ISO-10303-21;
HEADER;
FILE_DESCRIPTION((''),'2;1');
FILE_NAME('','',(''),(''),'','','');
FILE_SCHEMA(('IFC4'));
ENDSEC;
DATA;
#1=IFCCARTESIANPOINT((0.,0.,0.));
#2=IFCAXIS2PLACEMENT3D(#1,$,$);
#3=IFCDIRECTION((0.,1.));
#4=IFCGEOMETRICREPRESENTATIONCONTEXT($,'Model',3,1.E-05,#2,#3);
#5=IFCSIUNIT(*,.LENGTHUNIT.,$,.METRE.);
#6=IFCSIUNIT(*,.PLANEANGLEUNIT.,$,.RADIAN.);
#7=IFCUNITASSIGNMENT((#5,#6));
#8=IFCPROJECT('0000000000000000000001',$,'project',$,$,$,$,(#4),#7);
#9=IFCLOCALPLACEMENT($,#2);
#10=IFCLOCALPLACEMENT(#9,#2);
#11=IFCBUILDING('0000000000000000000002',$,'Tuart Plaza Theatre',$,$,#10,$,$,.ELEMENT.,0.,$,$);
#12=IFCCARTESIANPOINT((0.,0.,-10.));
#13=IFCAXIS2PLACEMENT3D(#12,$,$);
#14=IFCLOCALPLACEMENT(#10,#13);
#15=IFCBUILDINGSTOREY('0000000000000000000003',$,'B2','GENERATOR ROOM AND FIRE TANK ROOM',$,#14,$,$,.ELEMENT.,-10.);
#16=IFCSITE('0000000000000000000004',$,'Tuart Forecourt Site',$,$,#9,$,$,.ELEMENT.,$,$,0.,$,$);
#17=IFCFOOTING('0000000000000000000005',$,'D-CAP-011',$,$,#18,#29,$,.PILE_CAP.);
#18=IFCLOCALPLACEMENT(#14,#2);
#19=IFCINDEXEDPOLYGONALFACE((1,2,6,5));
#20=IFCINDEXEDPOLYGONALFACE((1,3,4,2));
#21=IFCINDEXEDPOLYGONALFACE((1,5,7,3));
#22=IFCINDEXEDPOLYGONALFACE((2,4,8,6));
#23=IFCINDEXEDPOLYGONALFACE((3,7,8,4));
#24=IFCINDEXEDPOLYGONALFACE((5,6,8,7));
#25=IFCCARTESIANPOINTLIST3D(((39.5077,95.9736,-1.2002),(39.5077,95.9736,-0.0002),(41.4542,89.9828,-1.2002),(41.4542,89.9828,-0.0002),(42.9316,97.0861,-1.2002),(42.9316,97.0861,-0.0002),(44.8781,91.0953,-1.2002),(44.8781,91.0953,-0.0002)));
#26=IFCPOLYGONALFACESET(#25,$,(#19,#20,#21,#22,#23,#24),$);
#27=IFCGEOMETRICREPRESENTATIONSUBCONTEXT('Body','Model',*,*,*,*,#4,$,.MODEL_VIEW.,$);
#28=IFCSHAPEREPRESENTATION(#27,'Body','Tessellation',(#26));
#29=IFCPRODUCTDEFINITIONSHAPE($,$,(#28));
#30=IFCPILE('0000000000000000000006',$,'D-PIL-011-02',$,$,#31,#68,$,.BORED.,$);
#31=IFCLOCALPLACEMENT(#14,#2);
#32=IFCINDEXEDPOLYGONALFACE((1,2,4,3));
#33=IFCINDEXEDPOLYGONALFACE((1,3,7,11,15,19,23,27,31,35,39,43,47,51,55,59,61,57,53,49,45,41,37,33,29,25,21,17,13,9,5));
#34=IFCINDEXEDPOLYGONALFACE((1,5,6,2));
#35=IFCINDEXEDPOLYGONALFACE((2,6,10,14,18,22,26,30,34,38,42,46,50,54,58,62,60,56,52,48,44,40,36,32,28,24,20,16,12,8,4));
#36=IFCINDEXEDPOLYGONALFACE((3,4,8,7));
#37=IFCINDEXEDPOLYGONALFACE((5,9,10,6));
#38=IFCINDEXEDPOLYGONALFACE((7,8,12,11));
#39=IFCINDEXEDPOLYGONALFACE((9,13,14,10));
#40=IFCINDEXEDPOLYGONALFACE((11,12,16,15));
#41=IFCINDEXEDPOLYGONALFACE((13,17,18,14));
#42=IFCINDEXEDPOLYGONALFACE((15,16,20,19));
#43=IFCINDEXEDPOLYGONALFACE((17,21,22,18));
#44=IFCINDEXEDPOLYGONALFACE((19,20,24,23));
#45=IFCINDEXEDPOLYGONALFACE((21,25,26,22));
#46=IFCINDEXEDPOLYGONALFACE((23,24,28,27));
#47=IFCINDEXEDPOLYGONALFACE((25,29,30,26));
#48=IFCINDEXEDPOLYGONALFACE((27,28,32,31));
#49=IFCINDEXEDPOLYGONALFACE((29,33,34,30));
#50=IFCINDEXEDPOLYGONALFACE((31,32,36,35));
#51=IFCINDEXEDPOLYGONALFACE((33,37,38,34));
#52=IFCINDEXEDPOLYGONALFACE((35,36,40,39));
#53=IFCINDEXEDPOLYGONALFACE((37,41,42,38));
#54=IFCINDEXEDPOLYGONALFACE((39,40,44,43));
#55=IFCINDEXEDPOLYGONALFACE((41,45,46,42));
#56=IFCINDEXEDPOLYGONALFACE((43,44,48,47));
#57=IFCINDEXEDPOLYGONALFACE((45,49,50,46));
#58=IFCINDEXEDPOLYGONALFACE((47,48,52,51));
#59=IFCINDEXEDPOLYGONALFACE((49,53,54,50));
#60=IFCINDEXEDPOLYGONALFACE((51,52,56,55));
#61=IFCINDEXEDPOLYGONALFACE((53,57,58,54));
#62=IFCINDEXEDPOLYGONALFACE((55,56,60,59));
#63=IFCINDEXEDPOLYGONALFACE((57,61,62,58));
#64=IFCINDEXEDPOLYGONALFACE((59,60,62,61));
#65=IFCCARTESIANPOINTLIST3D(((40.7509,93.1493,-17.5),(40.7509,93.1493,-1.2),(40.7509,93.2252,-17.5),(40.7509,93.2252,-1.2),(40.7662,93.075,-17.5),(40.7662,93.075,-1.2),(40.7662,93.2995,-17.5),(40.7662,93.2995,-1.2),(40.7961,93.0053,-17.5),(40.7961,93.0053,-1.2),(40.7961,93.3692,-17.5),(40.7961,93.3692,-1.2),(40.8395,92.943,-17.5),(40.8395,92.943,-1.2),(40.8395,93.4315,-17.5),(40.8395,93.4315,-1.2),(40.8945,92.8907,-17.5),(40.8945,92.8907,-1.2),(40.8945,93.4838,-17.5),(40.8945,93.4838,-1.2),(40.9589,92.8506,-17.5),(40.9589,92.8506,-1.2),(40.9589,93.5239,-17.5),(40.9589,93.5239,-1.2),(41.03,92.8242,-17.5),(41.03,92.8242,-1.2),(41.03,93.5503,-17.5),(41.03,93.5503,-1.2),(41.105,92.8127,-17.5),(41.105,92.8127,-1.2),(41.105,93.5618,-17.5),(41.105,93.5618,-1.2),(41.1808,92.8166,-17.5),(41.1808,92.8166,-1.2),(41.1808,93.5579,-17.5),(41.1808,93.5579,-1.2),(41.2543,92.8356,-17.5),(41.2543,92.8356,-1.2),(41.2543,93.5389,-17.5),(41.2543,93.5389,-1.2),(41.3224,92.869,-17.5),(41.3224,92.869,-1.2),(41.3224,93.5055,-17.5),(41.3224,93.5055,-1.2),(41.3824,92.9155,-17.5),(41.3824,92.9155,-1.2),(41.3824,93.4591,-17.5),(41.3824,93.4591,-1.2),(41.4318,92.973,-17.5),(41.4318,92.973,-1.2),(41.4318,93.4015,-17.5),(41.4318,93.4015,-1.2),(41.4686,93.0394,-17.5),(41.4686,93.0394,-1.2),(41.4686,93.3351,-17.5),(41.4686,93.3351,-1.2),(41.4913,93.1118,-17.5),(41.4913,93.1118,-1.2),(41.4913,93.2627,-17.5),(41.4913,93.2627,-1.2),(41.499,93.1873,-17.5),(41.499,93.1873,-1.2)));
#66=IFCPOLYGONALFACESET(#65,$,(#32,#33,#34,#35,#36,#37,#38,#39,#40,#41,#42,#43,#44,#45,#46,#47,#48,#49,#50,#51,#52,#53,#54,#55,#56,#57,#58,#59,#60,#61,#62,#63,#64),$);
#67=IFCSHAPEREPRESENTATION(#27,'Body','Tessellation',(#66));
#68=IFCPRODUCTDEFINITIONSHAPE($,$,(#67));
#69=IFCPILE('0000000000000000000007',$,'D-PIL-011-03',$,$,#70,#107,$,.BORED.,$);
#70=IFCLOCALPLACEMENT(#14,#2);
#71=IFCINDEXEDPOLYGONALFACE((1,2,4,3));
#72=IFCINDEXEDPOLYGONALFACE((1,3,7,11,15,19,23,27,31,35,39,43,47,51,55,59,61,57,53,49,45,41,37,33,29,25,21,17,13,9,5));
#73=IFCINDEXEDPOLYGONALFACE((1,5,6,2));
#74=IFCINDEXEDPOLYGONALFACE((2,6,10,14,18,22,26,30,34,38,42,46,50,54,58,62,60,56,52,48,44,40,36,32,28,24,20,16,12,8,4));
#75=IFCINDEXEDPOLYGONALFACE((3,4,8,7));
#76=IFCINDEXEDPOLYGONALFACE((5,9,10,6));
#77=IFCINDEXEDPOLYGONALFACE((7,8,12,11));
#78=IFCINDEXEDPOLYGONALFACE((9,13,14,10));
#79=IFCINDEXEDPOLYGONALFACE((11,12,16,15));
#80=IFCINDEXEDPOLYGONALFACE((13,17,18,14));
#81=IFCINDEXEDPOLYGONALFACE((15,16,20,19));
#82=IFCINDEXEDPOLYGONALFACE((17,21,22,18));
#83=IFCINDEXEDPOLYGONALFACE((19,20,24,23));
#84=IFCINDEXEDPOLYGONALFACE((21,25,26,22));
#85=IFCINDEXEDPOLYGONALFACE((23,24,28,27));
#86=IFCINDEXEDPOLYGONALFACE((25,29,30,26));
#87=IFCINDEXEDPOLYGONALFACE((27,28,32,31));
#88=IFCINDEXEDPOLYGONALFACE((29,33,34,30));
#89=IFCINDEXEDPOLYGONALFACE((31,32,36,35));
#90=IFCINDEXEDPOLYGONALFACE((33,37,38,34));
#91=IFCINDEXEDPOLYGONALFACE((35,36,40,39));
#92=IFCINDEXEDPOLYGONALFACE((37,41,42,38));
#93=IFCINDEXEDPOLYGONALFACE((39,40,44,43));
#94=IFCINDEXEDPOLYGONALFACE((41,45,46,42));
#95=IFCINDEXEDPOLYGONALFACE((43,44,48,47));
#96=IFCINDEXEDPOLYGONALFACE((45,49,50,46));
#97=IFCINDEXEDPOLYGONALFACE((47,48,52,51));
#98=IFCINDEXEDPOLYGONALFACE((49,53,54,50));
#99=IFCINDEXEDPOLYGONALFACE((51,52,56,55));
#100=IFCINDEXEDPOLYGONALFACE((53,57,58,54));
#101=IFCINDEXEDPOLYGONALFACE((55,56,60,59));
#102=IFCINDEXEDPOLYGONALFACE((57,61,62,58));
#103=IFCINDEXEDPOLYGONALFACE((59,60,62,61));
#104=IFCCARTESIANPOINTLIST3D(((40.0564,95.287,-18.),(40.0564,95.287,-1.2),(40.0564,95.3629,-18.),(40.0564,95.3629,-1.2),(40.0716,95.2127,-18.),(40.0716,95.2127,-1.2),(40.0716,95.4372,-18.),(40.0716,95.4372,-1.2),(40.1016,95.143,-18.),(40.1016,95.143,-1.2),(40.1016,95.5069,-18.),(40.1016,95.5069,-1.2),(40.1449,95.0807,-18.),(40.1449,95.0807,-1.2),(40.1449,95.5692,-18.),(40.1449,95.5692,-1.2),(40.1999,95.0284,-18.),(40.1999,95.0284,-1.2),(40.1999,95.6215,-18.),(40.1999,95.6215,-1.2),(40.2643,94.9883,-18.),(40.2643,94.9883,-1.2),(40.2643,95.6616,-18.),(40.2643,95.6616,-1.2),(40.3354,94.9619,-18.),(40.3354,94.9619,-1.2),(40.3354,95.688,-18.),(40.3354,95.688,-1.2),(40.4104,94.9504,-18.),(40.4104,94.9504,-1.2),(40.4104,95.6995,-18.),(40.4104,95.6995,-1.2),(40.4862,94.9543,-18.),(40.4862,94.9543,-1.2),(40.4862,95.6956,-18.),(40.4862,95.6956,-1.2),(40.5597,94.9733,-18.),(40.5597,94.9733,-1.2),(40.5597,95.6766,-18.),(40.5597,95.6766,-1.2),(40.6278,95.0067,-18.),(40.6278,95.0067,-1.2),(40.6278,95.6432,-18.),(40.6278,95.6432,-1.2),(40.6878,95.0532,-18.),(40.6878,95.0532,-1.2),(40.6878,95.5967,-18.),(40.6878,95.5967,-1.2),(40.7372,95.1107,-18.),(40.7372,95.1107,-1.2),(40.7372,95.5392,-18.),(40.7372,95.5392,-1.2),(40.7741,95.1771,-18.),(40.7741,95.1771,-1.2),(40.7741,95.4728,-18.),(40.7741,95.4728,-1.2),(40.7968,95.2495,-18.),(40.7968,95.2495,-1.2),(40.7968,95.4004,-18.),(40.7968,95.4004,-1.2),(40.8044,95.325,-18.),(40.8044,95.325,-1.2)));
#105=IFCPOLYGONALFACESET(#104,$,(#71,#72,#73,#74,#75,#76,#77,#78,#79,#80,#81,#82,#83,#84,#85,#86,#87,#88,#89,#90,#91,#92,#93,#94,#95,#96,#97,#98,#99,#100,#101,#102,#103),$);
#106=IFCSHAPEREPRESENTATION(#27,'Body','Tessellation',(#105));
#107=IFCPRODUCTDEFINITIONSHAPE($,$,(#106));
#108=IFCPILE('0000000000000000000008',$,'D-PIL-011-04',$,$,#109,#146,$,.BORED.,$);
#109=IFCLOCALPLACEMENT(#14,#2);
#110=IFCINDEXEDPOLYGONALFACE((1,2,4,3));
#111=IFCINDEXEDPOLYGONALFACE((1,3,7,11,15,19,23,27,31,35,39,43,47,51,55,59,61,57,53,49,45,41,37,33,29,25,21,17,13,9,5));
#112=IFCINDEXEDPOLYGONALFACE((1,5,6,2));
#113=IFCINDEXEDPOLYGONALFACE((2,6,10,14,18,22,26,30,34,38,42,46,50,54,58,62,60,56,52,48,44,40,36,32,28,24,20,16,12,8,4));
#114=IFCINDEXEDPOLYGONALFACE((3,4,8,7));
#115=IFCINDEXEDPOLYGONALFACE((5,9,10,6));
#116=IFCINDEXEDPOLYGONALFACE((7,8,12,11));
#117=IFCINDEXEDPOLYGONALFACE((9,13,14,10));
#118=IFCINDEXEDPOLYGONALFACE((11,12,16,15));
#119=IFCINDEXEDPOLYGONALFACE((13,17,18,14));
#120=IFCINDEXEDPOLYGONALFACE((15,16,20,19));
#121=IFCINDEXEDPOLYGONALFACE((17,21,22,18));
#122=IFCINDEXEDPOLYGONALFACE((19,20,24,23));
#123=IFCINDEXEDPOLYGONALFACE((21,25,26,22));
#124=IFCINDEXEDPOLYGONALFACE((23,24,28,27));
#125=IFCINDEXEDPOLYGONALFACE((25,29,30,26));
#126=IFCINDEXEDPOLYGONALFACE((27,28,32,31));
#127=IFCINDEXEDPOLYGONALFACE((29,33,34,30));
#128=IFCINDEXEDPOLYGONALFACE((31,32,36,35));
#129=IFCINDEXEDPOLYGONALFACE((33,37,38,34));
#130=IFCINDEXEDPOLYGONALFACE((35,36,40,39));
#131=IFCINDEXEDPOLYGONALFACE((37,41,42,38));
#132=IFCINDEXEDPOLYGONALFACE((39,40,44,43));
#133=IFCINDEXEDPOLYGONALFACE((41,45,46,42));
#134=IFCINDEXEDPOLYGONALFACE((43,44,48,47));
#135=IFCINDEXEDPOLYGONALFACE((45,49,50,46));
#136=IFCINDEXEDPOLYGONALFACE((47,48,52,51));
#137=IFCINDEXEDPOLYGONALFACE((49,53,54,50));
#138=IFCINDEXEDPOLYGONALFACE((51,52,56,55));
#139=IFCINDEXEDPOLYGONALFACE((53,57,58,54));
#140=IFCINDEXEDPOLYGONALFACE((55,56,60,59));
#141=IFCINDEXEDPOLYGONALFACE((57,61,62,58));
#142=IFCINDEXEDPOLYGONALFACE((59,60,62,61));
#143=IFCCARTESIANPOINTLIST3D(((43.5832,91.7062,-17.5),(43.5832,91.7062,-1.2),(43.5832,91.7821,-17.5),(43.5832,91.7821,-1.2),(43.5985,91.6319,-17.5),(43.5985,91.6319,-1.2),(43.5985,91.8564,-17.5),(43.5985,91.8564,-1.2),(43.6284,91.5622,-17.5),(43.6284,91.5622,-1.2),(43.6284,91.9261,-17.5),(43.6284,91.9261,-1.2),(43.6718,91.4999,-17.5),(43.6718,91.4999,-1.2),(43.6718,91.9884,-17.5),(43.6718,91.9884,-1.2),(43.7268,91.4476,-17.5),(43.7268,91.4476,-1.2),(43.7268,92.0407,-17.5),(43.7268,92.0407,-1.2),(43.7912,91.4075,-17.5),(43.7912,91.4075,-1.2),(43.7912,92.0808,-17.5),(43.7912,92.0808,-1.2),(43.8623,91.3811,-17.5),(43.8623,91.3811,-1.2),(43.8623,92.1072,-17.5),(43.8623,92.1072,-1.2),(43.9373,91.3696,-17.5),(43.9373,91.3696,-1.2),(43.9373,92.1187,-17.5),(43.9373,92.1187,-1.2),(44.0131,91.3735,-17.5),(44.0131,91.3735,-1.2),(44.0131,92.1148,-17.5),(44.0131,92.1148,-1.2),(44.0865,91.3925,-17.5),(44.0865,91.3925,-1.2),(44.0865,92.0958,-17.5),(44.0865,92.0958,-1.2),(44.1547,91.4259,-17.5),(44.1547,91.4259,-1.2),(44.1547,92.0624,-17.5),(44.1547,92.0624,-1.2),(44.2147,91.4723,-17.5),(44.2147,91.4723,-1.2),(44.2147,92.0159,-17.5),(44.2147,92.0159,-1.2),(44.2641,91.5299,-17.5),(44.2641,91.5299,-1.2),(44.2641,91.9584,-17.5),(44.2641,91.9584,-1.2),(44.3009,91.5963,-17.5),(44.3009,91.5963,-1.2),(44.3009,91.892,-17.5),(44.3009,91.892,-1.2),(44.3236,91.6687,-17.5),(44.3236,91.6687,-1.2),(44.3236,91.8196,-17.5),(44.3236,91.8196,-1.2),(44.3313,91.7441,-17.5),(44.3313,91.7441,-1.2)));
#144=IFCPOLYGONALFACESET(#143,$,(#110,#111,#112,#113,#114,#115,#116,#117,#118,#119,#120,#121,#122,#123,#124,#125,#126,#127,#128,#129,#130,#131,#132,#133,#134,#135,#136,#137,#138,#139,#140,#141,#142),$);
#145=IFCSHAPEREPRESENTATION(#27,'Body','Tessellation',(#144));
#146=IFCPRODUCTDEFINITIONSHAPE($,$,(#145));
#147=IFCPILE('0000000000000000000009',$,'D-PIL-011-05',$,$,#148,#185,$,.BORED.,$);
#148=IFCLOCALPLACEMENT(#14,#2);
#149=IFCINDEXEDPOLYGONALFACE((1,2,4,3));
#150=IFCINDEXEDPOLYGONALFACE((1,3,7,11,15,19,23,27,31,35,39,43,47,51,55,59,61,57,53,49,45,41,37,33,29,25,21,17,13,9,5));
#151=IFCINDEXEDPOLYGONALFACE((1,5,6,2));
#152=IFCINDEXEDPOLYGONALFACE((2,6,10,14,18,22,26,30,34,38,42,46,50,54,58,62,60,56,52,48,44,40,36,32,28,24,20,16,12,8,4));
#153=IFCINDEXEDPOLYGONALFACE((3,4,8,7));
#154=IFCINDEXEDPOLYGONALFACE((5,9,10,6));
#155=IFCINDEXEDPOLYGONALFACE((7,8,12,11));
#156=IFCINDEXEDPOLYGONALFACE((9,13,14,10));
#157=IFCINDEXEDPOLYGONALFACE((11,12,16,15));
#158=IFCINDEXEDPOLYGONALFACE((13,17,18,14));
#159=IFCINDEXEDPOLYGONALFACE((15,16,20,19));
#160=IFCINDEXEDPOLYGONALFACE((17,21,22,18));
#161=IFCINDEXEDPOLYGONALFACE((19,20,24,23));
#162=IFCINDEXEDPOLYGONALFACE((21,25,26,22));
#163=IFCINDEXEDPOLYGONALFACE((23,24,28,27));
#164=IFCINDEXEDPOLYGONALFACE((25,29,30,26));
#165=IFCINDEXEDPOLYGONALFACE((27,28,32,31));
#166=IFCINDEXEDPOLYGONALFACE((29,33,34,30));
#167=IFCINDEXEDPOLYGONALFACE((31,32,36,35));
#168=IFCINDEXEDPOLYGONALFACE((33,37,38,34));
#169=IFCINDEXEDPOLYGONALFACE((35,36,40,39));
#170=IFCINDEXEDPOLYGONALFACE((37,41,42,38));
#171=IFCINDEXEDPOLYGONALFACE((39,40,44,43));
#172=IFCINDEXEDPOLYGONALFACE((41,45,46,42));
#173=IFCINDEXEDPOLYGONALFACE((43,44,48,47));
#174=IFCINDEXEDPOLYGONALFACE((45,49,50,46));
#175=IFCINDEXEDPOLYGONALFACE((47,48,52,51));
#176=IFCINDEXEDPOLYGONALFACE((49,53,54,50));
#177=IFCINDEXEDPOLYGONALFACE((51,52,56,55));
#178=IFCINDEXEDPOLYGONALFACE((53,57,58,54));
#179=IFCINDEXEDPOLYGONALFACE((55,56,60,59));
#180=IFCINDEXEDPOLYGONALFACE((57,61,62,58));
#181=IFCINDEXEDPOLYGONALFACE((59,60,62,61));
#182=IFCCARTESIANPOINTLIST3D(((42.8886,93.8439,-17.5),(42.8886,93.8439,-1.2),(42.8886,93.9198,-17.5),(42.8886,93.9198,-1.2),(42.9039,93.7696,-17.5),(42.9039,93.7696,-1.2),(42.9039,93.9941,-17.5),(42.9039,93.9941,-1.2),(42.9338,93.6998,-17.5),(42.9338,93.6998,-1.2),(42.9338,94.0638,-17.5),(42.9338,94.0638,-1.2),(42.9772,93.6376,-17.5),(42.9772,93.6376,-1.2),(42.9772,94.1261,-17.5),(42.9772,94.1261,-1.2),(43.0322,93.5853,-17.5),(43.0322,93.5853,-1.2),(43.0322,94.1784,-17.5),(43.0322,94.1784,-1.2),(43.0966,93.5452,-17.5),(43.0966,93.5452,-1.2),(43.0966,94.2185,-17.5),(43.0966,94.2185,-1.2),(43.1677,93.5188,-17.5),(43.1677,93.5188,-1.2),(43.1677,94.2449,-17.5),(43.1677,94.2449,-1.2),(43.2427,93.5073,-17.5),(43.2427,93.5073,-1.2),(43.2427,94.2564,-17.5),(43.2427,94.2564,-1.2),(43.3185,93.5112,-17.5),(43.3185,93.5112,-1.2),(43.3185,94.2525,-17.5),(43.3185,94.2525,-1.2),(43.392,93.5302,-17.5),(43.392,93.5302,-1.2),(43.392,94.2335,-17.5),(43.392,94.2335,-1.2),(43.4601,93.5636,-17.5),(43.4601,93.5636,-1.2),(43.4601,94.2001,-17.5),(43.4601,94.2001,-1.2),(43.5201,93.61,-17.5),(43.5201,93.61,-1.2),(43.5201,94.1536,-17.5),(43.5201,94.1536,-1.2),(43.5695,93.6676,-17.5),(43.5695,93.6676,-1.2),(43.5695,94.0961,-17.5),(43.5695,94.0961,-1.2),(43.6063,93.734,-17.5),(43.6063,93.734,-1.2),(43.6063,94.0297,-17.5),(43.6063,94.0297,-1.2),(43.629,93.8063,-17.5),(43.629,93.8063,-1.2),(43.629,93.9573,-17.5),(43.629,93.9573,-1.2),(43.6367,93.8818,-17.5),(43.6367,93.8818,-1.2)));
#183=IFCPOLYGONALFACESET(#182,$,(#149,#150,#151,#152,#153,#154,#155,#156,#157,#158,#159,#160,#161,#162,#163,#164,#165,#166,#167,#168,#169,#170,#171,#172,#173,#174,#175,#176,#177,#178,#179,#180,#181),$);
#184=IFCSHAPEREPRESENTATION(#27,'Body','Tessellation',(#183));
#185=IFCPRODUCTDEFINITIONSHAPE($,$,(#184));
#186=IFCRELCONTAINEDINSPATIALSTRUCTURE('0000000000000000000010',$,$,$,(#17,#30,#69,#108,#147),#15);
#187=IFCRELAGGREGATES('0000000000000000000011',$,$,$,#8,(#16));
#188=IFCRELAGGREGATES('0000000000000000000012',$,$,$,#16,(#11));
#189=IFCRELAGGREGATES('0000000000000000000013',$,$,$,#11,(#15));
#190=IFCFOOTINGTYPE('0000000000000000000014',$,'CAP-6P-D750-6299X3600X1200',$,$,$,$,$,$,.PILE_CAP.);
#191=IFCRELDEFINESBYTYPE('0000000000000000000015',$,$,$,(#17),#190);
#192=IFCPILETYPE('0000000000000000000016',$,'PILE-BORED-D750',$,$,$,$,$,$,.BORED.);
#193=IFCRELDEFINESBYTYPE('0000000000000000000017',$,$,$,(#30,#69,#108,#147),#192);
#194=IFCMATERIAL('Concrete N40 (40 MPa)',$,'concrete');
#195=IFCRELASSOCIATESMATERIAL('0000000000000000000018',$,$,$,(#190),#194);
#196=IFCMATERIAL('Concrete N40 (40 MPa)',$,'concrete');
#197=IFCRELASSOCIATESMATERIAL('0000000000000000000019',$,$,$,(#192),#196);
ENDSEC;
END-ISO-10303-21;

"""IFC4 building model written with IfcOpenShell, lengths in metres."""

from ifc_helpers import new_model, si_unit, direction, frame, origin, origin_2d, place, context, subcontext, project, spatial, rectangle, circle, extrude, material, material_profile, profile_set, type_object, element, save


model = new_model("IFC4")

# Units and contexts
model_context = context("Model", 3, precision=1e-05, world=origin(), true_north=direction((0.0, 1.0)))
body_context = subcontext(model_context, "Body", "Model", "MODEL_VIEW")
ifc_project = project(units=[si_unit("LENGTHUNIT", "METRE"), si_unit("PLANEANGLEUNIT", "RADIAN")], contexts=[model_context])

# Site, building, storey
site_placement = place(None, origin())
site = spatial("IfcSite", under=ifc_project, at=site_placement, Name="Tuart Forecourt Site", CompositionType="ELEMENT", RefElevation=0.0)
building_placement = place(site_placement, origin())
building = spatial("IfcBuilding", under=site, at=building_placement, Name="Tuart Plaza Theatre", CompositionType="ELEMENT", ElevationOfRefHeight=0.0)
storey_placement = place(building_placement, frame((0.0, 0.0, -10.0)))
storey = spatial("IfcBuildingStorey", under=building, at=storey_placement, Name="B2", Description="GENERATOR ROOM AND FIRE TANK ROOM", CompositionType="ELEMENT", Elevation=-10.0)

# Footing
ifc_material_1 = material(Name="Concrete N40 (40 MPa)", Category="concrete")
footing_type = type_object("IfcFootingType", Name="CAP-6P-D750-6299X3600X1200", PredefinedType="PILE_CAP", material=ifc_material_1)
footing_placement = place(storey_placement, frame((42.1929, 93.5344, -1.2002), z_axis=(0.0, 0.0, 1.0), x_axis=(-0.309017, 0.951057, 0.0)))
element("IfcFooting", 1, at=footing_placement, inside=storey, type_object=footing_type, Name="D-CAP-011", PredefinedType="PILE_CAP", context=body_context, shape_type="SweptSolid", body=[
    extrude(rectangle(XDim=6.2991, YDim=3.6001, at=origin_2d()), origin(), (0.0, 0.0, 1.0), 1.2),
])

# Piles
ifc_material_2 = material(Name="Concrete N40 (40 MPa)", Category="concrete")
ifc_material_profile_1 = material_profile(ifc_material_2, circle(Radius=0.375, at=origin_2d()), Name="PILE-BORED-D750")
ifc_profile_set_1 = profile_set([ifc_material_profile_1], Name="Concrete N40 (40 MPa)")
pile_type_1 = type_object("IfcPileType", Name="PILE-BORED-D750", PredefinedType="BORED", material=ifc_profile_set_1)
pile_1_placement = place(storey_placement, frame((41.124, 93.1873, -1.2), z_axis=(0.0, 0.0, -1.0), x_axis=(1.0, 0.0, 0.0)))
element("IfcPile", 2, at=pile_1_placement, inside=storey, type_object=pile_type_1, Name="D-PIL-011-02", PredefinedType="BORED", context=body_context, shape_type="SweptSolid", body=[
    extrude(circle(Radius=0.375, at=origin_2d()), origin(), (0.0, 0.0, 1.0), 16.3),
])
pile_2_placement = place(storey_placement, frame((40.4294, 95.325, -1.2), z_axis=(0.0, 0.0, -1.0), x_axis=(1.0, 0.0, 0.0)))
element("IfcPile", 3, at=pile_2_placement, inside=storey, type_object=pile_type_1, Name="D-PIL-011-03", PredefinedType="BORED", context=body_context, shape_type="SweptSolid", body=[
    extrude(circle(Radius=0.375, at=origin_2d()), origin(), (0.0, 0.0, 1.0), 16.8),
])
for number, where, z_axis, x_axis, name in (
    (4, (43.9563, 91.7441, -1.2), (0.0, 0.0, -1.0), (1.0, 0.0, 0.0), "D-PIL-011-04"),
    (5, (43.2617, 93.8818, -1.2), (0.0, 0.0, -1.0), (1.0, 0.0, 0.0), "D-PIL-011-05"),
):
    element("IfcPile", number, at=place(storey_placement, frame(where, z_axis=z_axis, x_axis=x_axis)), inside=storey, type_object=pile_type_1, Name=name, PredefinedType="BORED", context=body_context, shape_type="SweptSolid", body=[
        extrude(circle(Radius=0.375, at=origin_2d()), origin(), (0.0, 0.0, 1.0), 16.3),
    ])

save(model, "model.ifc")
